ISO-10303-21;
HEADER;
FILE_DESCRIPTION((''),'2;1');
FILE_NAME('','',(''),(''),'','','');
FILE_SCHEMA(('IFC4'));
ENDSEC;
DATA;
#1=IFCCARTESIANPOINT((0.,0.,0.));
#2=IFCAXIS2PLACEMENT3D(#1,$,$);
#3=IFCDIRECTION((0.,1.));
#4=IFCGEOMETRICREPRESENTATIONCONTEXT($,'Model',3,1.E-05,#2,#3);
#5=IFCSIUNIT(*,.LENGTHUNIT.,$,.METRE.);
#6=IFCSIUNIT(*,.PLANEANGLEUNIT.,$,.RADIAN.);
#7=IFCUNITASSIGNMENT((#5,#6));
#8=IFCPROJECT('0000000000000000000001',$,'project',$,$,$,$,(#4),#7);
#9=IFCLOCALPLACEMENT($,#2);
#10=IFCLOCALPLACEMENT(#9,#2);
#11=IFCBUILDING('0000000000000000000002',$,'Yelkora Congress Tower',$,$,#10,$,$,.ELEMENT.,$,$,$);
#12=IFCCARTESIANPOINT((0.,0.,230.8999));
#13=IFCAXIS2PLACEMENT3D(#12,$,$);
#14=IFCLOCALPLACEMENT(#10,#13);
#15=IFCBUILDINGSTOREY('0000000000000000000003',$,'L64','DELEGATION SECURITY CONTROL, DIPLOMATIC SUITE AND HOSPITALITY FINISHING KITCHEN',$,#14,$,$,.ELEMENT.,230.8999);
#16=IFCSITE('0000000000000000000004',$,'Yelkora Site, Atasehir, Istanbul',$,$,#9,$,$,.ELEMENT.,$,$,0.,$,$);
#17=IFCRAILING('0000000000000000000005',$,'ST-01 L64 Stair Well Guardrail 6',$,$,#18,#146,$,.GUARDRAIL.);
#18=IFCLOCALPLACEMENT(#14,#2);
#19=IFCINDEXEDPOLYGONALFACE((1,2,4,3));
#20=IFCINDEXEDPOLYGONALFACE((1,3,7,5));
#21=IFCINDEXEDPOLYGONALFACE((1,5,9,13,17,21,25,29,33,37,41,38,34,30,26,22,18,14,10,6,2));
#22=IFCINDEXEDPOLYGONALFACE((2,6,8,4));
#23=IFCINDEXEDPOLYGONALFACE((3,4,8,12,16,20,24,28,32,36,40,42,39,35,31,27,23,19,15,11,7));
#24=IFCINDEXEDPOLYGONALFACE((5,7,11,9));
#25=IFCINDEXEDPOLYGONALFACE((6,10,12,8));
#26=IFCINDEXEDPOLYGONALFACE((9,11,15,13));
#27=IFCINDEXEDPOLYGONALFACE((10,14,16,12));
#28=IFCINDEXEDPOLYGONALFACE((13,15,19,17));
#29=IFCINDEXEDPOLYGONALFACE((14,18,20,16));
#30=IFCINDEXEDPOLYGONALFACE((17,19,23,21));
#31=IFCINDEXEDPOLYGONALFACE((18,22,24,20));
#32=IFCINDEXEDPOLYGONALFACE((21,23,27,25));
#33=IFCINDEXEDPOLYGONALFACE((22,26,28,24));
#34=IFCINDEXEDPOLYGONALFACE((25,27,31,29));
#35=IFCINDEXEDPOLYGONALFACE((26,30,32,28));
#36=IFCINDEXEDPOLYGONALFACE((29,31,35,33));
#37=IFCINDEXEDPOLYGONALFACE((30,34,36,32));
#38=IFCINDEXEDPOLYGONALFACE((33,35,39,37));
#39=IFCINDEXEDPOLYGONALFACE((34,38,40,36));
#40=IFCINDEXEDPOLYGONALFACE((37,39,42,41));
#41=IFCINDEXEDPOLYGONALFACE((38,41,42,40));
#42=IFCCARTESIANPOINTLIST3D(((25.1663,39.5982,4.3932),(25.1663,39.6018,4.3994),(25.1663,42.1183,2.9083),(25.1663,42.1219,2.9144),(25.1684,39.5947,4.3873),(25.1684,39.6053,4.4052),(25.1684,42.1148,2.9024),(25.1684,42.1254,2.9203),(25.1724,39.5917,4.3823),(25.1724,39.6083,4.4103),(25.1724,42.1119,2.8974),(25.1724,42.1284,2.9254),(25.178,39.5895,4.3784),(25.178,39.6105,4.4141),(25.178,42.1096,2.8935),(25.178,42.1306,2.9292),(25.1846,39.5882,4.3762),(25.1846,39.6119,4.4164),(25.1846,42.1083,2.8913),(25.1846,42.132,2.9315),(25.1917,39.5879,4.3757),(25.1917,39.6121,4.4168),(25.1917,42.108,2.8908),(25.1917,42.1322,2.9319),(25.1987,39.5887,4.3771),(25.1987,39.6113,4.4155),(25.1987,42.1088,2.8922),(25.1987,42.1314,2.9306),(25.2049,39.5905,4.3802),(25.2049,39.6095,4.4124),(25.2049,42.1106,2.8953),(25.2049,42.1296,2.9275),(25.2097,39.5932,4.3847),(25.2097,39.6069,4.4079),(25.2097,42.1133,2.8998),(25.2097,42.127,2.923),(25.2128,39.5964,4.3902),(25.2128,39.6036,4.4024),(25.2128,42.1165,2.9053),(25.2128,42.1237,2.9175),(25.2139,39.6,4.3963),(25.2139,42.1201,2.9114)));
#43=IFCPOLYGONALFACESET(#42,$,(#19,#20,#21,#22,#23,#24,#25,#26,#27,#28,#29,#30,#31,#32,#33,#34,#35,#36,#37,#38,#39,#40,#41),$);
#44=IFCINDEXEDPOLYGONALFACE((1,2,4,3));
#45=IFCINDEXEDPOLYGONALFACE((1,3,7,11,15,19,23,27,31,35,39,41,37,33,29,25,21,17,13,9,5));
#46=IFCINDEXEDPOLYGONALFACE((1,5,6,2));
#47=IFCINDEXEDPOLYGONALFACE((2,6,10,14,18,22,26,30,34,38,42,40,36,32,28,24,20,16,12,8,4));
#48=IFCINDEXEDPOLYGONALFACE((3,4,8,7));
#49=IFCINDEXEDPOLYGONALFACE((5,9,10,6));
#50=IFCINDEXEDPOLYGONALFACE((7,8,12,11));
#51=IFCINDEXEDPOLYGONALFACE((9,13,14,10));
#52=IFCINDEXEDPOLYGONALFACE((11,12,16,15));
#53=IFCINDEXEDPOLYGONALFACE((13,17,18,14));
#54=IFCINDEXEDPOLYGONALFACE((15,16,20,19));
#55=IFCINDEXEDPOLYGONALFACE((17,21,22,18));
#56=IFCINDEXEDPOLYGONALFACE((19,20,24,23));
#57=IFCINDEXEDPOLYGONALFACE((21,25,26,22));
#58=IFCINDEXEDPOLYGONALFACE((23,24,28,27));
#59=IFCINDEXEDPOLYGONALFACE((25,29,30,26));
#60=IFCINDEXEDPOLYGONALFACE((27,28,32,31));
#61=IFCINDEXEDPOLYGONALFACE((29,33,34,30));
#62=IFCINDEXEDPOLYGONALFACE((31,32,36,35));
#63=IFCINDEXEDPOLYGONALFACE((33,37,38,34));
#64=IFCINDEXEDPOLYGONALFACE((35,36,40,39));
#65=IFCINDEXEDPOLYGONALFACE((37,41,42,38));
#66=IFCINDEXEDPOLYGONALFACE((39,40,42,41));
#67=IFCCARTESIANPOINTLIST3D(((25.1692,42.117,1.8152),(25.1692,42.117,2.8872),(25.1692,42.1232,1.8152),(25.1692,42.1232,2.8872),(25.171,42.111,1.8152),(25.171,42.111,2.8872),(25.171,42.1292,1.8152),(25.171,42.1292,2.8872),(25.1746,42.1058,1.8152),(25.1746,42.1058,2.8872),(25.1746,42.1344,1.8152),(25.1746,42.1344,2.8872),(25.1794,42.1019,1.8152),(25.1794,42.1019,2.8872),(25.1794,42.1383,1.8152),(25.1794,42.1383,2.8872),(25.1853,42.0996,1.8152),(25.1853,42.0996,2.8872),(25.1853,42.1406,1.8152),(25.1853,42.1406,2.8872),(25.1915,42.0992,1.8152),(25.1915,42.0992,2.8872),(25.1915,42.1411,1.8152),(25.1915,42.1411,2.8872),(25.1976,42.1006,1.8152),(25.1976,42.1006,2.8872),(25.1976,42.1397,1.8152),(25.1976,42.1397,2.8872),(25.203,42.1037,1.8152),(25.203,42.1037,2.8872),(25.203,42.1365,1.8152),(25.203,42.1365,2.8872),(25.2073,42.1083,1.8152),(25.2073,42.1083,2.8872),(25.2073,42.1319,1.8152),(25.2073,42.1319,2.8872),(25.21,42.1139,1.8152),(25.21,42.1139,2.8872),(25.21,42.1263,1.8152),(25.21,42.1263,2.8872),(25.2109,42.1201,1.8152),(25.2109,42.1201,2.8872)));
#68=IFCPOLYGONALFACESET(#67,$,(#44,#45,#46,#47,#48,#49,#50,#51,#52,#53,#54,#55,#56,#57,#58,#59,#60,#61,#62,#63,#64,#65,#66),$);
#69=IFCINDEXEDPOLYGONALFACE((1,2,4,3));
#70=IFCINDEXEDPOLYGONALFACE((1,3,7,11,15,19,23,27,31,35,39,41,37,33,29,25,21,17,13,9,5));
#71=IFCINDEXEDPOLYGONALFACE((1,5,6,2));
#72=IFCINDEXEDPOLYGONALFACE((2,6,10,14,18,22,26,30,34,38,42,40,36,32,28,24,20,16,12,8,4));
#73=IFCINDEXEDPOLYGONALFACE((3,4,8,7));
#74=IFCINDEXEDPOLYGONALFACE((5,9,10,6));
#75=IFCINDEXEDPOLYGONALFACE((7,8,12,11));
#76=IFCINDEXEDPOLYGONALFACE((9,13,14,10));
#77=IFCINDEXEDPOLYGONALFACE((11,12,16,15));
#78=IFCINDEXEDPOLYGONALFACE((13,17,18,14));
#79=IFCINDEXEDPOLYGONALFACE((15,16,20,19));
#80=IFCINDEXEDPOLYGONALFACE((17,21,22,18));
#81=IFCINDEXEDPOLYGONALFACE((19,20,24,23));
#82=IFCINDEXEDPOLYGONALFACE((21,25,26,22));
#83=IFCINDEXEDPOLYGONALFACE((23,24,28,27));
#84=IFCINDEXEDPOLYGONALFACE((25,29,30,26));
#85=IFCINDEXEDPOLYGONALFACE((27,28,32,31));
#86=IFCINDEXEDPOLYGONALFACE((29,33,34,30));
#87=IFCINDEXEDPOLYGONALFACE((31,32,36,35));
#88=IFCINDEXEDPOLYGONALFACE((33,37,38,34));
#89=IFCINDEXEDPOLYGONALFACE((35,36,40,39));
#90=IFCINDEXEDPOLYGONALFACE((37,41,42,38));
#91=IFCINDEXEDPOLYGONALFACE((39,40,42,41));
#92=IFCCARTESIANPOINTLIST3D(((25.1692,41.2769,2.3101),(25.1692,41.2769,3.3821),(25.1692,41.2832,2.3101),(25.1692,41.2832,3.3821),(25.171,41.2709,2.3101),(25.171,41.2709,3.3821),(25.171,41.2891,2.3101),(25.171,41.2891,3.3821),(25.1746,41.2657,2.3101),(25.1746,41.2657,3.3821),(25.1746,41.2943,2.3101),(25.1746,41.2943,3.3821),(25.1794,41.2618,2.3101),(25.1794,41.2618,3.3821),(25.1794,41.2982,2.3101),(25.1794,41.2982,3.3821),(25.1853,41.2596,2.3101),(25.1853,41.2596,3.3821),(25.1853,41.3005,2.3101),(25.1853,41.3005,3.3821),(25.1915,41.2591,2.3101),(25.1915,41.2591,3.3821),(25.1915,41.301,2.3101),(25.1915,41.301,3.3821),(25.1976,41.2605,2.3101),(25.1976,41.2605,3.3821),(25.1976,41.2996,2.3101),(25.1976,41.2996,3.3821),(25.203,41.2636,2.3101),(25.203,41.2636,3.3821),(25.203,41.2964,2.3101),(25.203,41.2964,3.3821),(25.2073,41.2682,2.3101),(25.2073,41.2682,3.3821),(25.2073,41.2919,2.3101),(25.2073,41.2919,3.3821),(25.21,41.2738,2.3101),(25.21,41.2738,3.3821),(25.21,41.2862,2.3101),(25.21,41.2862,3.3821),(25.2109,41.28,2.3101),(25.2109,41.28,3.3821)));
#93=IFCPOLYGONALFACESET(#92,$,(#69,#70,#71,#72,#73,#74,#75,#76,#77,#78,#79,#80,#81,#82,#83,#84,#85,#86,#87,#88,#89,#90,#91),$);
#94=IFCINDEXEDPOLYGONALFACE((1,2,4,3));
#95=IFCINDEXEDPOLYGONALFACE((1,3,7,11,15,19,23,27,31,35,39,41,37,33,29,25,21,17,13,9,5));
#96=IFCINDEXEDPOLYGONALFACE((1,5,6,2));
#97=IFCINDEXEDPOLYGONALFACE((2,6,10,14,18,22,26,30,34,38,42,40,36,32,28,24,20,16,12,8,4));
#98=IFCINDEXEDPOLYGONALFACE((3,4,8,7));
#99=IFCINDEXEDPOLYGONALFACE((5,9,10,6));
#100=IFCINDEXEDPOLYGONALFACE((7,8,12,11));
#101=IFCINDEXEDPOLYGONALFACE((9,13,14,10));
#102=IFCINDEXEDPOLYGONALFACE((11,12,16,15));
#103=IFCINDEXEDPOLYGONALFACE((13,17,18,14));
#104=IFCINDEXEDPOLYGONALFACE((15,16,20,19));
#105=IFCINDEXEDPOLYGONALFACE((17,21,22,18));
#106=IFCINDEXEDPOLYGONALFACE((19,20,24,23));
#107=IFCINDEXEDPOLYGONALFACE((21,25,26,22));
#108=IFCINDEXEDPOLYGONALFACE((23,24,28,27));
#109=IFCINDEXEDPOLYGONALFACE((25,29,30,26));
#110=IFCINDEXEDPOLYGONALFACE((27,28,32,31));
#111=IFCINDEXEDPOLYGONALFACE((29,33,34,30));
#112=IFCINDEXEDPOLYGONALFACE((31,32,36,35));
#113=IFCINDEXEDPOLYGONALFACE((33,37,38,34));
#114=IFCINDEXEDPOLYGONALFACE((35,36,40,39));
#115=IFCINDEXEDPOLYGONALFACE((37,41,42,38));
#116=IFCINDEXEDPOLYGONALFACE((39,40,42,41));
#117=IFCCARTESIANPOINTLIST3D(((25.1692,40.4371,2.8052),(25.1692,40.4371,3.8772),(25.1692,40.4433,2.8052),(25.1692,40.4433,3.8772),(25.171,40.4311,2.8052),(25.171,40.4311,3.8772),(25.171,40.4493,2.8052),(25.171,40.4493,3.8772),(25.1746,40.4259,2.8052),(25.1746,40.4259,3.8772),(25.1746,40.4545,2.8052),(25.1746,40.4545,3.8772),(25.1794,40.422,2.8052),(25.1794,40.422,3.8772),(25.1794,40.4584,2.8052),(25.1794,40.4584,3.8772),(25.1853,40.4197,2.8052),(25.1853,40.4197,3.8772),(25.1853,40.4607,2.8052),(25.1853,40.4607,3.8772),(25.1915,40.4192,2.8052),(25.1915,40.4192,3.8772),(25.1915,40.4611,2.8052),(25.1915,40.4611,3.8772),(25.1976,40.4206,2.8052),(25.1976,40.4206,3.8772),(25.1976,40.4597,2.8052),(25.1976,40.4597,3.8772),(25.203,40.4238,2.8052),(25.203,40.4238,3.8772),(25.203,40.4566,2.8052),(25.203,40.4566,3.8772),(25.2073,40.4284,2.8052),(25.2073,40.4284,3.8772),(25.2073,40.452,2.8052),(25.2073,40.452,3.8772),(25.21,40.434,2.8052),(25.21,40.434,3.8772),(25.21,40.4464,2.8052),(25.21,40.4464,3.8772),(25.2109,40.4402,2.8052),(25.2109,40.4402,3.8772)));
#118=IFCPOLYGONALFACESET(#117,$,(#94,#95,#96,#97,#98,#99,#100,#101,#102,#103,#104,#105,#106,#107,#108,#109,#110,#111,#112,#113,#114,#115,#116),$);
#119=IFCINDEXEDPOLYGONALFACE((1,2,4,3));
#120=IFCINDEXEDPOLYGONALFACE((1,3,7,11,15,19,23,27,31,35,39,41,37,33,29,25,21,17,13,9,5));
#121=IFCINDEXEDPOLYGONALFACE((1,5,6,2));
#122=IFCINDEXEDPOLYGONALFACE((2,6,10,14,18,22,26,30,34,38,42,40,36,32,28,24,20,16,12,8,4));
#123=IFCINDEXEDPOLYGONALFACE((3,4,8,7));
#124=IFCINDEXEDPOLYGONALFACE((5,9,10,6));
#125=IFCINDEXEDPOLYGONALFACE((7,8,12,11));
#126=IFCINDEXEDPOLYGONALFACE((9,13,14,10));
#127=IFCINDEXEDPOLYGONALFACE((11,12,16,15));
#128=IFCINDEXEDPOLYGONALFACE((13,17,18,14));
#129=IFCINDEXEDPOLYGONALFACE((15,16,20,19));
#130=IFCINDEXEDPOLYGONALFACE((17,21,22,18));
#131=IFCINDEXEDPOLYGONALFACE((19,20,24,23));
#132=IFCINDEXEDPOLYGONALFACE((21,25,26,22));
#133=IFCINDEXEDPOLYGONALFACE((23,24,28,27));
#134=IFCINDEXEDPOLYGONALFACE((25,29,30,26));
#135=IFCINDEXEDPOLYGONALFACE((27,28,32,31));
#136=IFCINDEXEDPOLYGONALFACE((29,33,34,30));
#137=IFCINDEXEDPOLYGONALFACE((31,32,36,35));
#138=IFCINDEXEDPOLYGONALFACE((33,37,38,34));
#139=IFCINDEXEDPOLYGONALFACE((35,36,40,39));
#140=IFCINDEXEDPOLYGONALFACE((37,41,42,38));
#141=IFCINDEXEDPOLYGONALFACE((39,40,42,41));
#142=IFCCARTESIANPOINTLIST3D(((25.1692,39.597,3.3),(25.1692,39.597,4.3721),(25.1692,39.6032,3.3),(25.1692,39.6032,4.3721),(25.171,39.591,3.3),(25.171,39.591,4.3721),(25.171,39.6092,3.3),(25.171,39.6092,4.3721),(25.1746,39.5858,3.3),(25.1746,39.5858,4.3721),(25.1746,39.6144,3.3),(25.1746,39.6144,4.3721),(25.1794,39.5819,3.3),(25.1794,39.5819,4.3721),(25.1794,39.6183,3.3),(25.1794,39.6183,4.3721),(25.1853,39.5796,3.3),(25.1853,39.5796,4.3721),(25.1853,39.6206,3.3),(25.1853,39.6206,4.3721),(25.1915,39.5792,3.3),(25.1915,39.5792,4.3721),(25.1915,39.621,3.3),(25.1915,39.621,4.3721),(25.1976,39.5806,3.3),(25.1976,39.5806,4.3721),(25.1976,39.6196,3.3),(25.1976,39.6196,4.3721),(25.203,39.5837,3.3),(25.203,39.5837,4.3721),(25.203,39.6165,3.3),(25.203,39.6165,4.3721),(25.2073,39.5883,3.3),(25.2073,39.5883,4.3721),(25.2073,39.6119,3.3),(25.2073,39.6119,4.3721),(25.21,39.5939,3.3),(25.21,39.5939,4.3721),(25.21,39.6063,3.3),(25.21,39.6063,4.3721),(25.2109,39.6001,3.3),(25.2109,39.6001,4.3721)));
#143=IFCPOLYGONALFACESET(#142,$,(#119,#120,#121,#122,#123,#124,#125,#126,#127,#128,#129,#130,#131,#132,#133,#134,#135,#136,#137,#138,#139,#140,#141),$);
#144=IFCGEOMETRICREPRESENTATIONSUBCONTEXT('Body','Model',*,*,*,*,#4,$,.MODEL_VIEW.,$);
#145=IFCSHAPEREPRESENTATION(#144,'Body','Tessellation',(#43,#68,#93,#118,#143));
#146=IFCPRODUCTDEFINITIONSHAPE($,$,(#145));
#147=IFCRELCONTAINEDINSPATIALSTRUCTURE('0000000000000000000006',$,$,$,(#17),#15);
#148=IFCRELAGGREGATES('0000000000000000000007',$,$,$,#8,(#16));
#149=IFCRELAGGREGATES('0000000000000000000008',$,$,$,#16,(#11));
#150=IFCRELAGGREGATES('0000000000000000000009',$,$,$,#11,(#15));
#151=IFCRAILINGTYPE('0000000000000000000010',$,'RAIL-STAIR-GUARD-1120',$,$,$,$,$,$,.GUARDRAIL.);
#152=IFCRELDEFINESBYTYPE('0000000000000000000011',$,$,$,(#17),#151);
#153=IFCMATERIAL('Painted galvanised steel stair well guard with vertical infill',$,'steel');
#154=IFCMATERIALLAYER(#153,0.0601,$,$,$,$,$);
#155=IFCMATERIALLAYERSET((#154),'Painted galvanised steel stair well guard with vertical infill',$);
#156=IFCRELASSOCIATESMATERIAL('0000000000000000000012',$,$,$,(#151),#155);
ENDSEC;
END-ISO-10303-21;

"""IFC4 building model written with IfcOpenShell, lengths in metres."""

from ifc_helpers import new_model, si_unit, direction, frame, origin, origin_2d, place, context, subcontext, project, spatial, circle, extrude, material, layer, layer_set, type_object, element, save


model = new_model("IFC4")

# Units and contexts
model_context = context("Model", 3, precision=1e-05, world=origin(), true_north=direction((0.0, 1.0)))
body_context = subcontext(model_context, "Body", "Model", "MODEL_VIEW")
ifc_project = project(units=[si_unit("LENGTHUNIT", "METRE"), si_unit("PLANEANGLEUNIT", "RADIAN")], contexts=[model_context])

# Site, building, storey
site_placement = place(None, origin())
site = spatial("IfcSite", under=ifc_project, at=site_placement, Name="Yelkora Site, Atasehir, Istanbul", CompositionType="ELEMENT", RefElevation=0.0)
building_placement = place(site_placement, origin())
building = spatial("IfcBuilding", under=site, at=building_placement, Name="Yelkora Congress Tower", CompositionType="ELEMENT")
storey_placement = place(building_placement, frame((0.0, 0.0, 230.8999)))
storey = spatial("IfcBuildingStorey", under=building, at=storey_placement, Name="L64", Description="DELEGATION SECURITY CONTROL, DIPLOMATIC SUITE AND HOSPITALITY FINISHING KITCHEN", CompositionType="ELEMENT", Elevation=230.8999)

# Railing
ifc_material_1 = material(Name="Painted galvanised steel stair well guard with vertical infill", Category="steel")
ifc_layer_1 = layer(ifc_material_1, 0.0601)
ifc_layer_set_1 = layer_set([ifc_layer_1], Name="Painted galvanised steel stair well guard with vertical infill")
railing_type_1 = type_object("IfcRailingType", Name="RAIL-STAIR-GUARD-1120", PredefinedType="GUARDRAIL", material=ifc_layer_set_1)
railing_1_placement = place(storey_placement, frame((25.1899, 42.1201, 1.8152)))
element("IfcRailing", 1, at=railing_1_placement, inside=storey, type_object=railing_type_1, Name="ST-01 L64 Stair Well Guardrail 6", PredefinedType="GUARDRAIL", context=body_context, shape_type="SweptSolid", body=[
    extrude(circle(Radius=0.0239, at=origin_2d()), frame((0.0, 0.0, 1.0962), z_axis=(0.0, -0.861561, 0.507655), x_axis=(1.0, 0.0, 0.0)), (0.0, 0.0, 1.0), 2.925),
    extrude(circle(Radius=0.021, at=origin_2d()), origin(), (0.0, 0.0, 1.0), 1.072),
    extrude(circle(Radius=0.021, at=origin_2d()), frame((0.0, -0.8401, 0.4949)), (0.0, 0.0, 1.0), 1.072),
    extrude(circle(Radius=0.021, at=origin_2d()), frame((0.0, -1.6799, 0.99)), (0.0, 0.0, 1.0), 1.072),
    extrude(circle(Radius=0.021, at=origin_2d()), frame((0.0, -2.52, 1.4849)), (0.0, 0.0, 1.0), 1.072),
])

save(model, "model.ifc")
